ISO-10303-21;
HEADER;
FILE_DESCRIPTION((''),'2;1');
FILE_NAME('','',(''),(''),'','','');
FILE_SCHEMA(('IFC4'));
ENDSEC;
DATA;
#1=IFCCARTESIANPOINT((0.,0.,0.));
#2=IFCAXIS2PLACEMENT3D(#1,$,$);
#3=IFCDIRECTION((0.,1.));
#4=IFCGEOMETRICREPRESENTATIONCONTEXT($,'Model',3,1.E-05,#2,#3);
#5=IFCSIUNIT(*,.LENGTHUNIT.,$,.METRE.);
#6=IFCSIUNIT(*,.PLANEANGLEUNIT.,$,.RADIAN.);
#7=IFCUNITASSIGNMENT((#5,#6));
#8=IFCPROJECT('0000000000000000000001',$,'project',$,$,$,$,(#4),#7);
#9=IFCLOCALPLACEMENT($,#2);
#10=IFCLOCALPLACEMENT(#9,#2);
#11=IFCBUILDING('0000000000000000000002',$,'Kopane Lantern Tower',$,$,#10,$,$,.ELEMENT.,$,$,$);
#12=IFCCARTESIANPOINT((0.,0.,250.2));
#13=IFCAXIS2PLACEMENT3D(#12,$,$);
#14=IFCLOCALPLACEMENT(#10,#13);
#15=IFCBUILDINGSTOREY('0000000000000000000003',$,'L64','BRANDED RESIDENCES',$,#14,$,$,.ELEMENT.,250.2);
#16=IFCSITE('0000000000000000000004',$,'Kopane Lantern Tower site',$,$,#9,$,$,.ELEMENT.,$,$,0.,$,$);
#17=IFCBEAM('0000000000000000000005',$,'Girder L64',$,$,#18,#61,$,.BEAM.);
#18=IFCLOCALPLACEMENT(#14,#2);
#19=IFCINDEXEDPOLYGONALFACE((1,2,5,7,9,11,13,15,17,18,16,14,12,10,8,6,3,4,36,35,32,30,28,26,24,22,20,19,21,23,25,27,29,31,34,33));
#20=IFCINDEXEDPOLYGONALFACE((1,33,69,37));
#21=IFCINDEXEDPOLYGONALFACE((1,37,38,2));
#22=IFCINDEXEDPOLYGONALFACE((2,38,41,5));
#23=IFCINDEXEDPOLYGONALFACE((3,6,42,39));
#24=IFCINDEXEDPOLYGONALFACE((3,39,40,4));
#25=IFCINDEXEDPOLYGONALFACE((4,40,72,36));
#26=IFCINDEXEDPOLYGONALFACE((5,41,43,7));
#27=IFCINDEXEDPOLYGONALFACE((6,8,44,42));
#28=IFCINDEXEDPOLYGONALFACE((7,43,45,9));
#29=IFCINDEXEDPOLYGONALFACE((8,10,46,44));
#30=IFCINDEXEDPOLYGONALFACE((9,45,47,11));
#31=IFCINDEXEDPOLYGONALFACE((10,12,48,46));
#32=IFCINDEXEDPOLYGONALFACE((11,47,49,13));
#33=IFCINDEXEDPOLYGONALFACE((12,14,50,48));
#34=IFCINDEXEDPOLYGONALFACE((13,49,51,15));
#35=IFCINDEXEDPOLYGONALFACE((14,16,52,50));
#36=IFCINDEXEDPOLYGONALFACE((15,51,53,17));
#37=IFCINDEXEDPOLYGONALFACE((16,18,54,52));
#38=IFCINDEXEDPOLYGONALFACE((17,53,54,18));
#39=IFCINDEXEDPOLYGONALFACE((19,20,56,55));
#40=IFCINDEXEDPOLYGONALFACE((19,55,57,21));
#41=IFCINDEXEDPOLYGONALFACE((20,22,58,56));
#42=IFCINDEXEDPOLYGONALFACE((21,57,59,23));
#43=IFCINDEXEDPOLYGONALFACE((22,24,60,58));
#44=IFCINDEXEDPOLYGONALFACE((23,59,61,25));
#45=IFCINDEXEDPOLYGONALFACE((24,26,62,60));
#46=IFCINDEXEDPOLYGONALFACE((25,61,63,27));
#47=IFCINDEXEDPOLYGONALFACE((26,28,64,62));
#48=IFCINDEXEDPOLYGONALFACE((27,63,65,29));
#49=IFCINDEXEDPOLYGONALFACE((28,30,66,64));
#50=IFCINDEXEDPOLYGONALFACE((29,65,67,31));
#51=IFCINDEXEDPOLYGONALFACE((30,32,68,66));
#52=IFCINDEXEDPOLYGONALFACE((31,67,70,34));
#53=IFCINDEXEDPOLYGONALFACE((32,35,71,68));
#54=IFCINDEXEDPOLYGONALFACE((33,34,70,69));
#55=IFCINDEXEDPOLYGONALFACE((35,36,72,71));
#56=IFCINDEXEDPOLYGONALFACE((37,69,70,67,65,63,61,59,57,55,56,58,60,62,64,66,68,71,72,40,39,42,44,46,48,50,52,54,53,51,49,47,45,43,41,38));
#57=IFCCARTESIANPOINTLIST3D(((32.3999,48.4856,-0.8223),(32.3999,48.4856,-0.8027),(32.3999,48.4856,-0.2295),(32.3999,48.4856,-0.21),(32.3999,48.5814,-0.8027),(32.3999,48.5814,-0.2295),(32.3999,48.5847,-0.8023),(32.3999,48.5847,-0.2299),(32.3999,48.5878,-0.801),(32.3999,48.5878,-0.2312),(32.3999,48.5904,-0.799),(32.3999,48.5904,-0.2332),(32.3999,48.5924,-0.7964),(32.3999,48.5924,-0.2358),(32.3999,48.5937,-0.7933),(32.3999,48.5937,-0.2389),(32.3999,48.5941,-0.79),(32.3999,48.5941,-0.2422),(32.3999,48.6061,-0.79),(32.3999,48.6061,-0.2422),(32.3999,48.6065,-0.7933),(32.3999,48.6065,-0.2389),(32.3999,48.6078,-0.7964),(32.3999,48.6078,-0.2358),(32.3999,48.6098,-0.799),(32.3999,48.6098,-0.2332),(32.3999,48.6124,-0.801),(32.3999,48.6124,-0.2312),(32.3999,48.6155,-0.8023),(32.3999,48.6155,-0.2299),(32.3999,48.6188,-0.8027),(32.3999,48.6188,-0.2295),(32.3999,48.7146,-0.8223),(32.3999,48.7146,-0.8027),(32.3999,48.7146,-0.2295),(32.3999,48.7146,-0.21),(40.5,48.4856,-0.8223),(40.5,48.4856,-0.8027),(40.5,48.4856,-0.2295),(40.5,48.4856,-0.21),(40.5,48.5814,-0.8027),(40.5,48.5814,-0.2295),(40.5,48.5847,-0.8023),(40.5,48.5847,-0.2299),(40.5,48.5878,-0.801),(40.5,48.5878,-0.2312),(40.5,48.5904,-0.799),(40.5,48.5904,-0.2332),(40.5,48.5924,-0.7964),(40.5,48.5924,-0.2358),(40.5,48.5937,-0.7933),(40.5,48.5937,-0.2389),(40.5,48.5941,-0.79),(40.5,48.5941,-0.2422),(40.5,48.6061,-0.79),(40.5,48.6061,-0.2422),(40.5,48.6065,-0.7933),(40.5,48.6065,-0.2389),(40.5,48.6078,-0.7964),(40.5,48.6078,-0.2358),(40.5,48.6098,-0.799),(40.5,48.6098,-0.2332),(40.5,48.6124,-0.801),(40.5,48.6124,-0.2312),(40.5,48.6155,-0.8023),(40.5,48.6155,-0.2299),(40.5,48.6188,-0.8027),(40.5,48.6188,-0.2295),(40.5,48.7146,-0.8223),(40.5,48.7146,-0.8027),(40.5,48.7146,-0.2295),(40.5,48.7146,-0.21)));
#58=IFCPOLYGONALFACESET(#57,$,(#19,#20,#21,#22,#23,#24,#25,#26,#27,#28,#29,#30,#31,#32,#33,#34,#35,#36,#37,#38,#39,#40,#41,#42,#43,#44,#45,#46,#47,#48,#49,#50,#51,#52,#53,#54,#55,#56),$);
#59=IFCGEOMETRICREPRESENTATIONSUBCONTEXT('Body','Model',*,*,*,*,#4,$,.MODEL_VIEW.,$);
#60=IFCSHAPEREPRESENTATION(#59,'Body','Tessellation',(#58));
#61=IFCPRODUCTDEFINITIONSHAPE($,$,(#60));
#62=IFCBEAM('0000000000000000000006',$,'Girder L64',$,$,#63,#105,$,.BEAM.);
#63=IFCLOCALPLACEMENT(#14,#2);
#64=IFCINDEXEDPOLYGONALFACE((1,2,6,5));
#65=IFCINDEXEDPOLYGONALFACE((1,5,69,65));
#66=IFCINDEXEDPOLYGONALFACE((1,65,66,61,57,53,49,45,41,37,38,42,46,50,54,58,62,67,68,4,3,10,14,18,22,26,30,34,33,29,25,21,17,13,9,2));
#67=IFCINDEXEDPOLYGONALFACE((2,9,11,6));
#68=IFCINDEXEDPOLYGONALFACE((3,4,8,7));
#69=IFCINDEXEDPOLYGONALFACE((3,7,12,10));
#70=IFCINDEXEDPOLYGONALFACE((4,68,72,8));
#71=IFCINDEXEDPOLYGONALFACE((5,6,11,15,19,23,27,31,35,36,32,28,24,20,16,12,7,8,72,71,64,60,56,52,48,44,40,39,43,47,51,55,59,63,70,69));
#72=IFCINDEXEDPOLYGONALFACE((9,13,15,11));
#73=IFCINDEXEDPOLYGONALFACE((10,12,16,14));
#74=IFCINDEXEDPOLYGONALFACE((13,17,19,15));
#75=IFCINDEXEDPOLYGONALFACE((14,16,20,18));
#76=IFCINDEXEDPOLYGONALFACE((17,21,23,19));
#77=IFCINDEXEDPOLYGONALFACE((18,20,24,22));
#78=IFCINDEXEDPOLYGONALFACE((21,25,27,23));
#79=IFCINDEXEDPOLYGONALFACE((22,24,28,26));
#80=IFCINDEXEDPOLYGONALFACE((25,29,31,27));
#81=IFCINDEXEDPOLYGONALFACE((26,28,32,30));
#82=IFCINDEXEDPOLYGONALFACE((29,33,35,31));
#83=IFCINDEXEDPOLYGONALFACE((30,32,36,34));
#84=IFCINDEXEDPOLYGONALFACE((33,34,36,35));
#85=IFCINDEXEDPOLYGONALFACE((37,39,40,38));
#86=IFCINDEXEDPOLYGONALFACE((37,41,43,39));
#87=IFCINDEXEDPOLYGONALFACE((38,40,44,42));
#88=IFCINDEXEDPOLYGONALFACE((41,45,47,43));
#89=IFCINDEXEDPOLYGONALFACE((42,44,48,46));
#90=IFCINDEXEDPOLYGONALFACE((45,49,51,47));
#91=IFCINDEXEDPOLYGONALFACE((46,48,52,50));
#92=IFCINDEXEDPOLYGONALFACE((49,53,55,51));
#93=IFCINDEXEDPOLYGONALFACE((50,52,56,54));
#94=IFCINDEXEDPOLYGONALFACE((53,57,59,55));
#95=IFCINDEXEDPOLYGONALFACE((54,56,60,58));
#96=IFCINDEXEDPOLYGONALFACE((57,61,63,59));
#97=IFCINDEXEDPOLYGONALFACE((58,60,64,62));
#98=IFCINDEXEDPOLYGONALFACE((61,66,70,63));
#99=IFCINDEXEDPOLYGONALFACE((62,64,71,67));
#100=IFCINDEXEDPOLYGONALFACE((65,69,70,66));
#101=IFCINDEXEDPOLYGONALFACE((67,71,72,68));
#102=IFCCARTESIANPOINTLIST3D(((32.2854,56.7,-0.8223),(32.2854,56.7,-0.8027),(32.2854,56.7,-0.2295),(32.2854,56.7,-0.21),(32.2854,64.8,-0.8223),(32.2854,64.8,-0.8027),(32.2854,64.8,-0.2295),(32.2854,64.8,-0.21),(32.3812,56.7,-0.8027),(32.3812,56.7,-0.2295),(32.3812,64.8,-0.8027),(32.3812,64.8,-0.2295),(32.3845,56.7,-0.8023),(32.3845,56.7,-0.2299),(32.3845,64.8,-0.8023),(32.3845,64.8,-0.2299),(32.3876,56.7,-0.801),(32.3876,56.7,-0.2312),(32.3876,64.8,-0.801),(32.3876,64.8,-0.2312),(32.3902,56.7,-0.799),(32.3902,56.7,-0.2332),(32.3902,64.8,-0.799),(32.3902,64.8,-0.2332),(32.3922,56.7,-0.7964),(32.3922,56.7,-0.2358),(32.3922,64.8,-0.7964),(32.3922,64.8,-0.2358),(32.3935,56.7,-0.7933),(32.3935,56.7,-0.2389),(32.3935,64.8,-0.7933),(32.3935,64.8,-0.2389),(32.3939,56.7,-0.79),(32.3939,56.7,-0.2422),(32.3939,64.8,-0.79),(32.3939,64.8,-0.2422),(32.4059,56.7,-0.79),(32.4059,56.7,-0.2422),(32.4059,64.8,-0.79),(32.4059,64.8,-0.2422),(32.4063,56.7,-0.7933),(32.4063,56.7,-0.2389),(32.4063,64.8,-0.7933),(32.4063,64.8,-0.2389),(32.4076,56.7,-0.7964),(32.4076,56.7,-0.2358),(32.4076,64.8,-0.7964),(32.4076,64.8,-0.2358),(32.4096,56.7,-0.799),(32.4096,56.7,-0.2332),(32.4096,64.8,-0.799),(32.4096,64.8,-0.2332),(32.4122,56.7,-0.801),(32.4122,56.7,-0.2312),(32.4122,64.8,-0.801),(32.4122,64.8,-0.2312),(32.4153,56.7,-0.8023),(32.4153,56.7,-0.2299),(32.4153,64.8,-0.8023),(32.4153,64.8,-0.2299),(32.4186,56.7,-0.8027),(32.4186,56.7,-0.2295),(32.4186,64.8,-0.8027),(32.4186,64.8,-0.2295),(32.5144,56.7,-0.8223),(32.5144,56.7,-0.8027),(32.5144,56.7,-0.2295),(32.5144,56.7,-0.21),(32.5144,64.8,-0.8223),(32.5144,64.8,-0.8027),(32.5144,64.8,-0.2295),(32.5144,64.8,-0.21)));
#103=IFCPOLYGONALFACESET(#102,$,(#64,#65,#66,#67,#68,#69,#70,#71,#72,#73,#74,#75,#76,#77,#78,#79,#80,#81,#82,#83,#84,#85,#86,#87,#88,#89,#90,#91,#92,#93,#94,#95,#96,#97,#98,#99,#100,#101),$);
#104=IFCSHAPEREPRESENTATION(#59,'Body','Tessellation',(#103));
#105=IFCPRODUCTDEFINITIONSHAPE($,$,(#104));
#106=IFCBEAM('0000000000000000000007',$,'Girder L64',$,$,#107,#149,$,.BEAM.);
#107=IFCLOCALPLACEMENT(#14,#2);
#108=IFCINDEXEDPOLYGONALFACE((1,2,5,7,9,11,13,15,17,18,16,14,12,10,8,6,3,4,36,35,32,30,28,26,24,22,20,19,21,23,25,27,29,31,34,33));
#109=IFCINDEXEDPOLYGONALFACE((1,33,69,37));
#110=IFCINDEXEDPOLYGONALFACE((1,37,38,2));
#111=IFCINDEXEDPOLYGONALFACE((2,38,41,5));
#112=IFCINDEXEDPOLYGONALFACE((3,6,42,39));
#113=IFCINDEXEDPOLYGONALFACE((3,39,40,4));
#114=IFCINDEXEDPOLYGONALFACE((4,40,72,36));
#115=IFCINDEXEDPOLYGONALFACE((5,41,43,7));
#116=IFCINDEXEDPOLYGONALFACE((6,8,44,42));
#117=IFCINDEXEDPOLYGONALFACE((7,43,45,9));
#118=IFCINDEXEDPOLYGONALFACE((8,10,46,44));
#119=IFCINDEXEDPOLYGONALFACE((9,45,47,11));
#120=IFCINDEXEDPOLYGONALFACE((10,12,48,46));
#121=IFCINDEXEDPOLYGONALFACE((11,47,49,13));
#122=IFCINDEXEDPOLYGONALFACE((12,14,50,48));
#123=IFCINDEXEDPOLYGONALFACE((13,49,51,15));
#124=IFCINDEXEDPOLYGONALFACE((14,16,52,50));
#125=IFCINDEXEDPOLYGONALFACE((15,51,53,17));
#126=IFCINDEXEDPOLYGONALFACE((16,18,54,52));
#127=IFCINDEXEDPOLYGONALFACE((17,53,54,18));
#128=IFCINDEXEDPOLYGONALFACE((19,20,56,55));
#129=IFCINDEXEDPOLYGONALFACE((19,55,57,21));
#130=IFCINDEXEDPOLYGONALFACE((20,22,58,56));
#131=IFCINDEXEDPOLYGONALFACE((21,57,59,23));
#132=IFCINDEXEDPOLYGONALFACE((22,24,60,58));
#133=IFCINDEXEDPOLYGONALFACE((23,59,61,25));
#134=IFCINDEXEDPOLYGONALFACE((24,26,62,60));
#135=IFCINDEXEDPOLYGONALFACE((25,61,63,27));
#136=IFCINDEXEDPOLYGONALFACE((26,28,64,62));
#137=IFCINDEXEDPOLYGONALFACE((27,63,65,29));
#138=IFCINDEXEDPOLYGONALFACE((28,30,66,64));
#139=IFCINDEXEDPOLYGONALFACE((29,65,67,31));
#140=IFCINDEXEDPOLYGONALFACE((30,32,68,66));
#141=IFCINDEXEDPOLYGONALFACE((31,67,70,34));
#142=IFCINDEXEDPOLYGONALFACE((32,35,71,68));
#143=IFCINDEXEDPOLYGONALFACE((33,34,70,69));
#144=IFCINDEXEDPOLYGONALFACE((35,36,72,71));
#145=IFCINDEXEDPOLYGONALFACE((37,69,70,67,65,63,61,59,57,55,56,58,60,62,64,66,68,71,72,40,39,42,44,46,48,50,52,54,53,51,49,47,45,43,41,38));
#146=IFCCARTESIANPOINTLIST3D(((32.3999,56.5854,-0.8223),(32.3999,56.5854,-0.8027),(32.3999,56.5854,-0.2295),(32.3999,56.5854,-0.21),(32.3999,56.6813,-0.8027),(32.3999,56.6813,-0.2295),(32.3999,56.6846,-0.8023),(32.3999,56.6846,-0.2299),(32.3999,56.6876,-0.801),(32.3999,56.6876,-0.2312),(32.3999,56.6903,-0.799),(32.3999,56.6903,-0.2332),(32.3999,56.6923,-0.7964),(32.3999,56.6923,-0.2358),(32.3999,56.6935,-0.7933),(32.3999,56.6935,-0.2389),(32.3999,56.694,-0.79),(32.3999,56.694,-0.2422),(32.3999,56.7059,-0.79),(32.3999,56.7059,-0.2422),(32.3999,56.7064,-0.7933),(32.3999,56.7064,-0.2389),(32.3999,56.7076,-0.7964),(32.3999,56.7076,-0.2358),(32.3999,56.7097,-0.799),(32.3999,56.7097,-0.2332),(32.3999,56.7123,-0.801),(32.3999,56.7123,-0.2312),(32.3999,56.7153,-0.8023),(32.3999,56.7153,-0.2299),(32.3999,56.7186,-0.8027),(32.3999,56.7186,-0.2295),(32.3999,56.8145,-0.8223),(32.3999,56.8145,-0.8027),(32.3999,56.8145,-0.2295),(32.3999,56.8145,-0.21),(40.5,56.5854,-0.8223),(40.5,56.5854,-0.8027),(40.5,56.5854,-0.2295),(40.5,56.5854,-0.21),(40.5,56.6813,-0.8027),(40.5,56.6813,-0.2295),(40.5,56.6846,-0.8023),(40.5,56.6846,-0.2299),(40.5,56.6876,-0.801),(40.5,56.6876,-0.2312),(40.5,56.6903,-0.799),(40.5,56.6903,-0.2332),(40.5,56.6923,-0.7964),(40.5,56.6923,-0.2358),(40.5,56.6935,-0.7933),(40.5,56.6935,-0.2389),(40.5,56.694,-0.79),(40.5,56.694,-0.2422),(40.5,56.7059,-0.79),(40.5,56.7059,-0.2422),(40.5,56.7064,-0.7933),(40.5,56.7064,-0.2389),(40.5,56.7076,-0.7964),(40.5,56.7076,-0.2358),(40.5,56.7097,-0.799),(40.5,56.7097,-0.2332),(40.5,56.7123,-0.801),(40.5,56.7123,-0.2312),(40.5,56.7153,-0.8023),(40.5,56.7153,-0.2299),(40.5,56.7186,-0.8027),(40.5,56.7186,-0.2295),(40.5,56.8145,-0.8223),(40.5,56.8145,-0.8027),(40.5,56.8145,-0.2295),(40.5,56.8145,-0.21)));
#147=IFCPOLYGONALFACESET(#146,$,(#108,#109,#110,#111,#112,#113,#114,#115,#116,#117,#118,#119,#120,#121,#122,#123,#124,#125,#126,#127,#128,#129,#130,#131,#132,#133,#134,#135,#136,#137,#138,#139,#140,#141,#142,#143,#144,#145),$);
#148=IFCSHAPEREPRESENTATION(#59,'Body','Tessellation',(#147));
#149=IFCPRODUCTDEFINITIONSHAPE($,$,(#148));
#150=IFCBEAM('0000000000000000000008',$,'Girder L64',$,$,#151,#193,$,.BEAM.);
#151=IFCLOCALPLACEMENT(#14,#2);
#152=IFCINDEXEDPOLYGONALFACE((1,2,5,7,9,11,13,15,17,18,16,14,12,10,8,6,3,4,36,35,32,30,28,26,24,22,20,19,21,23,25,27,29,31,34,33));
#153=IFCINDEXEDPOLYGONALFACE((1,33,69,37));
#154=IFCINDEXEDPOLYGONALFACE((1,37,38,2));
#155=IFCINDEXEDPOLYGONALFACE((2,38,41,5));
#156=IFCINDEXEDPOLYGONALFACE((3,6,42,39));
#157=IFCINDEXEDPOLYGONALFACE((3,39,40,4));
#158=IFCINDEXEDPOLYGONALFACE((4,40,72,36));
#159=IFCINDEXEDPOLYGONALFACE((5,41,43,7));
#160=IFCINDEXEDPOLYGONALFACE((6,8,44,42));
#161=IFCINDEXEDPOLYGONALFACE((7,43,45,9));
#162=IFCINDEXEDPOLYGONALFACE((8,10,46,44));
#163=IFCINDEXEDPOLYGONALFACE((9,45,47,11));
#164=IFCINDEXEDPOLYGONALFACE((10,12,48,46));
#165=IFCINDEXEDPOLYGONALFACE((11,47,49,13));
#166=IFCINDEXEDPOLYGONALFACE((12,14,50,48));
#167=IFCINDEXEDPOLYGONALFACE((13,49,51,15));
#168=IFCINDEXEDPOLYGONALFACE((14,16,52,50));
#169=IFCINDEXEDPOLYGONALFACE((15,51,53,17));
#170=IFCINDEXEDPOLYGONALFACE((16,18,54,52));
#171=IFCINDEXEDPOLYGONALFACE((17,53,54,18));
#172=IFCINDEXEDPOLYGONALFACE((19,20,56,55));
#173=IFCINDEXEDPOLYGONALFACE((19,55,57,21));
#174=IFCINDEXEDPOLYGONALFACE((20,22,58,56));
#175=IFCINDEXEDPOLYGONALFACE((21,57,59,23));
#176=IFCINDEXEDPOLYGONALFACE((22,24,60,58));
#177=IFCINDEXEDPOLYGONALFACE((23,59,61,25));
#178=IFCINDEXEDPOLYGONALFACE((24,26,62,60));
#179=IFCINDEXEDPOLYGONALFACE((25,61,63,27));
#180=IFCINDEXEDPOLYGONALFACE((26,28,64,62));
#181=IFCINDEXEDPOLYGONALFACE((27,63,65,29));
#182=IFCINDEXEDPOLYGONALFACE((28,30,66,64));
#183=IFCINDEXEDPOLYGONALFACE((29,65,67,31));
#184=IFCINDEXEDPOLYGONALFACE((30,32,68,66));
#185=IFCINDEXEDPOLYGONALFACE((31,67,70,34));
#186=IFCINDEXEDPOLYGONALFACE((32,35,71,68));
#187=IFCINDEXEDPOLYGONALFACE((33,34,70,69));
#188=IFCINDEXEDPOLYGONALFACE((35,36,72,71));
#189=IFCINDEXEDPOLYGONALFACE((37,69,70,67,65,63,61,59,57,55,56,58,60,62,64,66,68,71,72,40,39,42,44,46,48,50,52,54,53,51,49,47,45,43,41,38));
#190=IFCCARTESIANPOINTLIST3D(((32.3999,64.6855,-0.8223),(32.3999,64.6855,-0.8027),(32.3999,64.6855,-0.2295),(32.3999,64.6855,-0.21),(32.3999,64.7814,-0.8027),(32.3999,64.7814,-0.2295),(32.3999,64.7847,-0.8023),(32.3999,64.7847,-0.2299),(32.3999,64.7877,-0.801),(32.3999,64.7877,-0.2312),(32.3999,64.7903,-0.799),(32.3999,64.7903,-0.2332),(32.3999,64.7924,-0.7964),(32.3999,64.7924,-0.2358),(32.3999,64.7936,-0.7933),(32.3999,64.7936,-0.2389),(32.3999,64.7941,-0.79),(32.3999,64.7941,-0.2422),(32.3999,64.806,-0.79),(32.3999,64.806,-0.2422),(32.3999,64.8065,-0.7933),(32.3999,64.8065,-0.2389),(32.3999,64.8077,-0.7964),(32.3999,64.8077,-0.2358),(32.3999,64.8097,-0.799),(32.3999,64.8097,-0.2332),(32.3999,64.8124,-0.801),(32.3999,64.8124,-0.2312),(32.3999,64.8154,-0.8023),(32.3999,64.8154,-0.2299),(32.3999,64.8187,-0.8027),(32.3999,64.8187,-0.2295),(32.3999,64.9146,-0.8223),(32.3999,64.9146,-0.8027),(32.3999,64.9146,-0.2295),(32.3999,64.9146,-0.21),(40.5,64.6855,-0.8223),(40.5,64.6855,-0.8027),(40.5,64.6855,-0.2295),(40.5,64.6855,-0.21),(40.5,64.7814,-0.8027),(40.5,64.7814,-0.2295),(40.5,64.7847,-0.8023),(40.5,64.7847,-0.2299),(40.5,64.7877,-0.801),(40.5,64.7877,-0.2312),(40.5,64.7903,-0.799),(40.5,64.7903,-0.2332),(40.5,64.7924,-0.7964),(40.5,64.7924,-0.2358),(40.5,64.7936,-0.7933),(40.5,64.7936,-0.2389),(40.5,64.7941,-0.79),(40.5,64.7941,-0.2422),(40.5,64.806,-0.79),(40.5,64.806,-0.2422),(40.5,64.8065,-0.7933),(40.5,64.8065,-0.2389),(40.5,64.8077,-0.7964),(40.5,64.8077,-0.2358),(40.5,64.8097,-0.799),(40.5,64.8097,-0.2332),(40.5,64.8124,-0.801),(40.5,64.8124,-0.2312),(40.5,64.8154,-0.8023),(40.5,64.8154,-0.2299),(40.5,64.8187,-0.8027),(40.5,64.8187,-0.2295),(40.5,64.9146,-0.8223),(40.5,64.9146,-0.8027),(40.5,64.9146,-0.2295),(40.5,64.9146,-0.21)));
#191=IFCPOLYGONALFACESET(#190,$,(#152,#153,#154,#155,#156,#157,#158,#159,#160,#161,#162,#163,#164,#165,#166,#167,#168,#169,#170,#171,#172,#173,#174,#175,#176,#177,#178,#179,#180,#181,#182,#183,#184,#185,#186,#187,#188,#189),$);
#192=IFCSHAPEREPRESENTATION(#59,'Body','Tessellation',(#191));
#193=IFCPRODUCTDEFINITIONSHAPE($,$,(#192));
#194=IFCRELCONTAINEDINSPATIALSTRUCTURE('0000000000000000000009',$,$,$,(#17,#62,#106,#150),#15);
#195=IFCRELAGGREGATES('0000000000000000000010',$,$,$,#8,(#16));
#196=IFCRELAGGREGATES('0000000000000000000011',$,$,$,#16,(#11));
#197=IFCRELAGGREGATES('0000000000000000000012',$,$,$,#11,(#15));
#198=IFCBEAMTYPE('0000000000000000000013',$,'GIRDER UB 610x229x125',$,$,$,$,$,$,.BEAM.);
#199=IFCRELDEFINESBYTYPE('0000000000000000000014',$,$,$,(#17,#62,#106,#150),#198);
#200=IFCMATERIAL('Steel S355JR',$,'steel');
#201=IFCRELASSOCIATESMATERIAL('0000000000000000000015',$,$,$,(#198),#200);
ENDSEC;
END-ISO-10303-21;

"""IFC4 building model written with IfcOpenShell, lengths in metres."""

from ifc_helpers import new_model, si_unit, direction, frame, origin, origin_2d, place, context, subcontext, project, spatial, i_section, extrude, material, material_profile, profile_set, type_object, element, save


model = new_model("IFC4")

# Units and contexts
model_context = context("Model", 3, precision=1e-05, world=origin(), true_north=direction((0.0, 1.0)))
body_context = subcontext(model_context, "Body", "Model", "MODEL_VIEW")
ifc_project = project(units=[si_unit("LENGTHUNIT", "METRE"), si_unit("PLANEANGLEUNIT", "RADIAN")], contexts=[model_context])

# Site, building, storey
site_placement = place(None, origin())
site = spatial("IfcSite", under=ifc_project, at=site_placement, Name="Kopane Lantern Tower site", CompositionType="ELEMENT", RefElevation=0.0)
building_placement = place(site_placement, origin())
building = spatial("IfcBuilding", under=site, at=building_placement, Name="Kopane Lantern Tower", CompositionType="ELEMENT")
storey_placement = place(building_placement, frame((0.0, 0.0, 250.2)))
storey = spatial("IfcBuildingStorey", under=building, at=storey_placement, Name="L64", Description="BRANDED RESIDENCES", CompositionType="ELEMENT", Elevation=250.2)

# Beams
ifc_material_1 = material(Name="Steel S355JR", Category="steel")
ifc_material_profile_1 = material_profile(ifc_material_1, i_section(OverallWidth=0.229, OverallDepth=0.6123, WebThickness=0.012, FlangeThickness=0.0195, FilletRadius=0.0127, at=origin_2d()), Name="UB 610x229x125")
ifc_profile_set_1 = profile_set([ifc_material_profile_1], Name="Steel S355JR")
beam_type = type_object("IfcBeamType", Name="GIRDER UB 610x229x125", PredefinedType="BEAM", material=ifc_profile_set_1)
for number, where, z_axis, x_axis, name in (
    (1, (32.3999, 48.6001, -0.5161), (1.0, 0.0, 0.0), (0.0, 1.0, 0.0), "Girder L64"),
    (2, (32.3999, 56.7, -0.5161), (0.0, 1.0, 0.0), (-1.0, 0.0, 0.0), "Girder L64"),
    (3, (32.3999, 56.7, -0.5161), (1.0, 0.0, 0.0), (0.0, 1.0, 0.0), "Girder L64"),
    (4, (32.3999, 64.8, -0.5161), (1.0, 0.0, 0.0), (0.0, 1.0, 0.0), "Girder L64"),
):
    element("IfcBeam", number, at=place(storey_placement, frame(where, z_axis=z_axis, x_axis=x_axis)), inside=storey, type_object=beam_type, Name=name, PredefinedType="BEAM", context=body_context, shape_type="SweptSolid", body=[
        extrude(i_section(OverallWidth=0.229, OverallDepth=0.6123, WebThickness=0.012, FlangeThickness=0.0195, FilletRadius=0.0127, at=origin_2d()), origin(), (0.0, 0.0, 1.0), 8.1001),
    ])

save(model, "model.ifc")
